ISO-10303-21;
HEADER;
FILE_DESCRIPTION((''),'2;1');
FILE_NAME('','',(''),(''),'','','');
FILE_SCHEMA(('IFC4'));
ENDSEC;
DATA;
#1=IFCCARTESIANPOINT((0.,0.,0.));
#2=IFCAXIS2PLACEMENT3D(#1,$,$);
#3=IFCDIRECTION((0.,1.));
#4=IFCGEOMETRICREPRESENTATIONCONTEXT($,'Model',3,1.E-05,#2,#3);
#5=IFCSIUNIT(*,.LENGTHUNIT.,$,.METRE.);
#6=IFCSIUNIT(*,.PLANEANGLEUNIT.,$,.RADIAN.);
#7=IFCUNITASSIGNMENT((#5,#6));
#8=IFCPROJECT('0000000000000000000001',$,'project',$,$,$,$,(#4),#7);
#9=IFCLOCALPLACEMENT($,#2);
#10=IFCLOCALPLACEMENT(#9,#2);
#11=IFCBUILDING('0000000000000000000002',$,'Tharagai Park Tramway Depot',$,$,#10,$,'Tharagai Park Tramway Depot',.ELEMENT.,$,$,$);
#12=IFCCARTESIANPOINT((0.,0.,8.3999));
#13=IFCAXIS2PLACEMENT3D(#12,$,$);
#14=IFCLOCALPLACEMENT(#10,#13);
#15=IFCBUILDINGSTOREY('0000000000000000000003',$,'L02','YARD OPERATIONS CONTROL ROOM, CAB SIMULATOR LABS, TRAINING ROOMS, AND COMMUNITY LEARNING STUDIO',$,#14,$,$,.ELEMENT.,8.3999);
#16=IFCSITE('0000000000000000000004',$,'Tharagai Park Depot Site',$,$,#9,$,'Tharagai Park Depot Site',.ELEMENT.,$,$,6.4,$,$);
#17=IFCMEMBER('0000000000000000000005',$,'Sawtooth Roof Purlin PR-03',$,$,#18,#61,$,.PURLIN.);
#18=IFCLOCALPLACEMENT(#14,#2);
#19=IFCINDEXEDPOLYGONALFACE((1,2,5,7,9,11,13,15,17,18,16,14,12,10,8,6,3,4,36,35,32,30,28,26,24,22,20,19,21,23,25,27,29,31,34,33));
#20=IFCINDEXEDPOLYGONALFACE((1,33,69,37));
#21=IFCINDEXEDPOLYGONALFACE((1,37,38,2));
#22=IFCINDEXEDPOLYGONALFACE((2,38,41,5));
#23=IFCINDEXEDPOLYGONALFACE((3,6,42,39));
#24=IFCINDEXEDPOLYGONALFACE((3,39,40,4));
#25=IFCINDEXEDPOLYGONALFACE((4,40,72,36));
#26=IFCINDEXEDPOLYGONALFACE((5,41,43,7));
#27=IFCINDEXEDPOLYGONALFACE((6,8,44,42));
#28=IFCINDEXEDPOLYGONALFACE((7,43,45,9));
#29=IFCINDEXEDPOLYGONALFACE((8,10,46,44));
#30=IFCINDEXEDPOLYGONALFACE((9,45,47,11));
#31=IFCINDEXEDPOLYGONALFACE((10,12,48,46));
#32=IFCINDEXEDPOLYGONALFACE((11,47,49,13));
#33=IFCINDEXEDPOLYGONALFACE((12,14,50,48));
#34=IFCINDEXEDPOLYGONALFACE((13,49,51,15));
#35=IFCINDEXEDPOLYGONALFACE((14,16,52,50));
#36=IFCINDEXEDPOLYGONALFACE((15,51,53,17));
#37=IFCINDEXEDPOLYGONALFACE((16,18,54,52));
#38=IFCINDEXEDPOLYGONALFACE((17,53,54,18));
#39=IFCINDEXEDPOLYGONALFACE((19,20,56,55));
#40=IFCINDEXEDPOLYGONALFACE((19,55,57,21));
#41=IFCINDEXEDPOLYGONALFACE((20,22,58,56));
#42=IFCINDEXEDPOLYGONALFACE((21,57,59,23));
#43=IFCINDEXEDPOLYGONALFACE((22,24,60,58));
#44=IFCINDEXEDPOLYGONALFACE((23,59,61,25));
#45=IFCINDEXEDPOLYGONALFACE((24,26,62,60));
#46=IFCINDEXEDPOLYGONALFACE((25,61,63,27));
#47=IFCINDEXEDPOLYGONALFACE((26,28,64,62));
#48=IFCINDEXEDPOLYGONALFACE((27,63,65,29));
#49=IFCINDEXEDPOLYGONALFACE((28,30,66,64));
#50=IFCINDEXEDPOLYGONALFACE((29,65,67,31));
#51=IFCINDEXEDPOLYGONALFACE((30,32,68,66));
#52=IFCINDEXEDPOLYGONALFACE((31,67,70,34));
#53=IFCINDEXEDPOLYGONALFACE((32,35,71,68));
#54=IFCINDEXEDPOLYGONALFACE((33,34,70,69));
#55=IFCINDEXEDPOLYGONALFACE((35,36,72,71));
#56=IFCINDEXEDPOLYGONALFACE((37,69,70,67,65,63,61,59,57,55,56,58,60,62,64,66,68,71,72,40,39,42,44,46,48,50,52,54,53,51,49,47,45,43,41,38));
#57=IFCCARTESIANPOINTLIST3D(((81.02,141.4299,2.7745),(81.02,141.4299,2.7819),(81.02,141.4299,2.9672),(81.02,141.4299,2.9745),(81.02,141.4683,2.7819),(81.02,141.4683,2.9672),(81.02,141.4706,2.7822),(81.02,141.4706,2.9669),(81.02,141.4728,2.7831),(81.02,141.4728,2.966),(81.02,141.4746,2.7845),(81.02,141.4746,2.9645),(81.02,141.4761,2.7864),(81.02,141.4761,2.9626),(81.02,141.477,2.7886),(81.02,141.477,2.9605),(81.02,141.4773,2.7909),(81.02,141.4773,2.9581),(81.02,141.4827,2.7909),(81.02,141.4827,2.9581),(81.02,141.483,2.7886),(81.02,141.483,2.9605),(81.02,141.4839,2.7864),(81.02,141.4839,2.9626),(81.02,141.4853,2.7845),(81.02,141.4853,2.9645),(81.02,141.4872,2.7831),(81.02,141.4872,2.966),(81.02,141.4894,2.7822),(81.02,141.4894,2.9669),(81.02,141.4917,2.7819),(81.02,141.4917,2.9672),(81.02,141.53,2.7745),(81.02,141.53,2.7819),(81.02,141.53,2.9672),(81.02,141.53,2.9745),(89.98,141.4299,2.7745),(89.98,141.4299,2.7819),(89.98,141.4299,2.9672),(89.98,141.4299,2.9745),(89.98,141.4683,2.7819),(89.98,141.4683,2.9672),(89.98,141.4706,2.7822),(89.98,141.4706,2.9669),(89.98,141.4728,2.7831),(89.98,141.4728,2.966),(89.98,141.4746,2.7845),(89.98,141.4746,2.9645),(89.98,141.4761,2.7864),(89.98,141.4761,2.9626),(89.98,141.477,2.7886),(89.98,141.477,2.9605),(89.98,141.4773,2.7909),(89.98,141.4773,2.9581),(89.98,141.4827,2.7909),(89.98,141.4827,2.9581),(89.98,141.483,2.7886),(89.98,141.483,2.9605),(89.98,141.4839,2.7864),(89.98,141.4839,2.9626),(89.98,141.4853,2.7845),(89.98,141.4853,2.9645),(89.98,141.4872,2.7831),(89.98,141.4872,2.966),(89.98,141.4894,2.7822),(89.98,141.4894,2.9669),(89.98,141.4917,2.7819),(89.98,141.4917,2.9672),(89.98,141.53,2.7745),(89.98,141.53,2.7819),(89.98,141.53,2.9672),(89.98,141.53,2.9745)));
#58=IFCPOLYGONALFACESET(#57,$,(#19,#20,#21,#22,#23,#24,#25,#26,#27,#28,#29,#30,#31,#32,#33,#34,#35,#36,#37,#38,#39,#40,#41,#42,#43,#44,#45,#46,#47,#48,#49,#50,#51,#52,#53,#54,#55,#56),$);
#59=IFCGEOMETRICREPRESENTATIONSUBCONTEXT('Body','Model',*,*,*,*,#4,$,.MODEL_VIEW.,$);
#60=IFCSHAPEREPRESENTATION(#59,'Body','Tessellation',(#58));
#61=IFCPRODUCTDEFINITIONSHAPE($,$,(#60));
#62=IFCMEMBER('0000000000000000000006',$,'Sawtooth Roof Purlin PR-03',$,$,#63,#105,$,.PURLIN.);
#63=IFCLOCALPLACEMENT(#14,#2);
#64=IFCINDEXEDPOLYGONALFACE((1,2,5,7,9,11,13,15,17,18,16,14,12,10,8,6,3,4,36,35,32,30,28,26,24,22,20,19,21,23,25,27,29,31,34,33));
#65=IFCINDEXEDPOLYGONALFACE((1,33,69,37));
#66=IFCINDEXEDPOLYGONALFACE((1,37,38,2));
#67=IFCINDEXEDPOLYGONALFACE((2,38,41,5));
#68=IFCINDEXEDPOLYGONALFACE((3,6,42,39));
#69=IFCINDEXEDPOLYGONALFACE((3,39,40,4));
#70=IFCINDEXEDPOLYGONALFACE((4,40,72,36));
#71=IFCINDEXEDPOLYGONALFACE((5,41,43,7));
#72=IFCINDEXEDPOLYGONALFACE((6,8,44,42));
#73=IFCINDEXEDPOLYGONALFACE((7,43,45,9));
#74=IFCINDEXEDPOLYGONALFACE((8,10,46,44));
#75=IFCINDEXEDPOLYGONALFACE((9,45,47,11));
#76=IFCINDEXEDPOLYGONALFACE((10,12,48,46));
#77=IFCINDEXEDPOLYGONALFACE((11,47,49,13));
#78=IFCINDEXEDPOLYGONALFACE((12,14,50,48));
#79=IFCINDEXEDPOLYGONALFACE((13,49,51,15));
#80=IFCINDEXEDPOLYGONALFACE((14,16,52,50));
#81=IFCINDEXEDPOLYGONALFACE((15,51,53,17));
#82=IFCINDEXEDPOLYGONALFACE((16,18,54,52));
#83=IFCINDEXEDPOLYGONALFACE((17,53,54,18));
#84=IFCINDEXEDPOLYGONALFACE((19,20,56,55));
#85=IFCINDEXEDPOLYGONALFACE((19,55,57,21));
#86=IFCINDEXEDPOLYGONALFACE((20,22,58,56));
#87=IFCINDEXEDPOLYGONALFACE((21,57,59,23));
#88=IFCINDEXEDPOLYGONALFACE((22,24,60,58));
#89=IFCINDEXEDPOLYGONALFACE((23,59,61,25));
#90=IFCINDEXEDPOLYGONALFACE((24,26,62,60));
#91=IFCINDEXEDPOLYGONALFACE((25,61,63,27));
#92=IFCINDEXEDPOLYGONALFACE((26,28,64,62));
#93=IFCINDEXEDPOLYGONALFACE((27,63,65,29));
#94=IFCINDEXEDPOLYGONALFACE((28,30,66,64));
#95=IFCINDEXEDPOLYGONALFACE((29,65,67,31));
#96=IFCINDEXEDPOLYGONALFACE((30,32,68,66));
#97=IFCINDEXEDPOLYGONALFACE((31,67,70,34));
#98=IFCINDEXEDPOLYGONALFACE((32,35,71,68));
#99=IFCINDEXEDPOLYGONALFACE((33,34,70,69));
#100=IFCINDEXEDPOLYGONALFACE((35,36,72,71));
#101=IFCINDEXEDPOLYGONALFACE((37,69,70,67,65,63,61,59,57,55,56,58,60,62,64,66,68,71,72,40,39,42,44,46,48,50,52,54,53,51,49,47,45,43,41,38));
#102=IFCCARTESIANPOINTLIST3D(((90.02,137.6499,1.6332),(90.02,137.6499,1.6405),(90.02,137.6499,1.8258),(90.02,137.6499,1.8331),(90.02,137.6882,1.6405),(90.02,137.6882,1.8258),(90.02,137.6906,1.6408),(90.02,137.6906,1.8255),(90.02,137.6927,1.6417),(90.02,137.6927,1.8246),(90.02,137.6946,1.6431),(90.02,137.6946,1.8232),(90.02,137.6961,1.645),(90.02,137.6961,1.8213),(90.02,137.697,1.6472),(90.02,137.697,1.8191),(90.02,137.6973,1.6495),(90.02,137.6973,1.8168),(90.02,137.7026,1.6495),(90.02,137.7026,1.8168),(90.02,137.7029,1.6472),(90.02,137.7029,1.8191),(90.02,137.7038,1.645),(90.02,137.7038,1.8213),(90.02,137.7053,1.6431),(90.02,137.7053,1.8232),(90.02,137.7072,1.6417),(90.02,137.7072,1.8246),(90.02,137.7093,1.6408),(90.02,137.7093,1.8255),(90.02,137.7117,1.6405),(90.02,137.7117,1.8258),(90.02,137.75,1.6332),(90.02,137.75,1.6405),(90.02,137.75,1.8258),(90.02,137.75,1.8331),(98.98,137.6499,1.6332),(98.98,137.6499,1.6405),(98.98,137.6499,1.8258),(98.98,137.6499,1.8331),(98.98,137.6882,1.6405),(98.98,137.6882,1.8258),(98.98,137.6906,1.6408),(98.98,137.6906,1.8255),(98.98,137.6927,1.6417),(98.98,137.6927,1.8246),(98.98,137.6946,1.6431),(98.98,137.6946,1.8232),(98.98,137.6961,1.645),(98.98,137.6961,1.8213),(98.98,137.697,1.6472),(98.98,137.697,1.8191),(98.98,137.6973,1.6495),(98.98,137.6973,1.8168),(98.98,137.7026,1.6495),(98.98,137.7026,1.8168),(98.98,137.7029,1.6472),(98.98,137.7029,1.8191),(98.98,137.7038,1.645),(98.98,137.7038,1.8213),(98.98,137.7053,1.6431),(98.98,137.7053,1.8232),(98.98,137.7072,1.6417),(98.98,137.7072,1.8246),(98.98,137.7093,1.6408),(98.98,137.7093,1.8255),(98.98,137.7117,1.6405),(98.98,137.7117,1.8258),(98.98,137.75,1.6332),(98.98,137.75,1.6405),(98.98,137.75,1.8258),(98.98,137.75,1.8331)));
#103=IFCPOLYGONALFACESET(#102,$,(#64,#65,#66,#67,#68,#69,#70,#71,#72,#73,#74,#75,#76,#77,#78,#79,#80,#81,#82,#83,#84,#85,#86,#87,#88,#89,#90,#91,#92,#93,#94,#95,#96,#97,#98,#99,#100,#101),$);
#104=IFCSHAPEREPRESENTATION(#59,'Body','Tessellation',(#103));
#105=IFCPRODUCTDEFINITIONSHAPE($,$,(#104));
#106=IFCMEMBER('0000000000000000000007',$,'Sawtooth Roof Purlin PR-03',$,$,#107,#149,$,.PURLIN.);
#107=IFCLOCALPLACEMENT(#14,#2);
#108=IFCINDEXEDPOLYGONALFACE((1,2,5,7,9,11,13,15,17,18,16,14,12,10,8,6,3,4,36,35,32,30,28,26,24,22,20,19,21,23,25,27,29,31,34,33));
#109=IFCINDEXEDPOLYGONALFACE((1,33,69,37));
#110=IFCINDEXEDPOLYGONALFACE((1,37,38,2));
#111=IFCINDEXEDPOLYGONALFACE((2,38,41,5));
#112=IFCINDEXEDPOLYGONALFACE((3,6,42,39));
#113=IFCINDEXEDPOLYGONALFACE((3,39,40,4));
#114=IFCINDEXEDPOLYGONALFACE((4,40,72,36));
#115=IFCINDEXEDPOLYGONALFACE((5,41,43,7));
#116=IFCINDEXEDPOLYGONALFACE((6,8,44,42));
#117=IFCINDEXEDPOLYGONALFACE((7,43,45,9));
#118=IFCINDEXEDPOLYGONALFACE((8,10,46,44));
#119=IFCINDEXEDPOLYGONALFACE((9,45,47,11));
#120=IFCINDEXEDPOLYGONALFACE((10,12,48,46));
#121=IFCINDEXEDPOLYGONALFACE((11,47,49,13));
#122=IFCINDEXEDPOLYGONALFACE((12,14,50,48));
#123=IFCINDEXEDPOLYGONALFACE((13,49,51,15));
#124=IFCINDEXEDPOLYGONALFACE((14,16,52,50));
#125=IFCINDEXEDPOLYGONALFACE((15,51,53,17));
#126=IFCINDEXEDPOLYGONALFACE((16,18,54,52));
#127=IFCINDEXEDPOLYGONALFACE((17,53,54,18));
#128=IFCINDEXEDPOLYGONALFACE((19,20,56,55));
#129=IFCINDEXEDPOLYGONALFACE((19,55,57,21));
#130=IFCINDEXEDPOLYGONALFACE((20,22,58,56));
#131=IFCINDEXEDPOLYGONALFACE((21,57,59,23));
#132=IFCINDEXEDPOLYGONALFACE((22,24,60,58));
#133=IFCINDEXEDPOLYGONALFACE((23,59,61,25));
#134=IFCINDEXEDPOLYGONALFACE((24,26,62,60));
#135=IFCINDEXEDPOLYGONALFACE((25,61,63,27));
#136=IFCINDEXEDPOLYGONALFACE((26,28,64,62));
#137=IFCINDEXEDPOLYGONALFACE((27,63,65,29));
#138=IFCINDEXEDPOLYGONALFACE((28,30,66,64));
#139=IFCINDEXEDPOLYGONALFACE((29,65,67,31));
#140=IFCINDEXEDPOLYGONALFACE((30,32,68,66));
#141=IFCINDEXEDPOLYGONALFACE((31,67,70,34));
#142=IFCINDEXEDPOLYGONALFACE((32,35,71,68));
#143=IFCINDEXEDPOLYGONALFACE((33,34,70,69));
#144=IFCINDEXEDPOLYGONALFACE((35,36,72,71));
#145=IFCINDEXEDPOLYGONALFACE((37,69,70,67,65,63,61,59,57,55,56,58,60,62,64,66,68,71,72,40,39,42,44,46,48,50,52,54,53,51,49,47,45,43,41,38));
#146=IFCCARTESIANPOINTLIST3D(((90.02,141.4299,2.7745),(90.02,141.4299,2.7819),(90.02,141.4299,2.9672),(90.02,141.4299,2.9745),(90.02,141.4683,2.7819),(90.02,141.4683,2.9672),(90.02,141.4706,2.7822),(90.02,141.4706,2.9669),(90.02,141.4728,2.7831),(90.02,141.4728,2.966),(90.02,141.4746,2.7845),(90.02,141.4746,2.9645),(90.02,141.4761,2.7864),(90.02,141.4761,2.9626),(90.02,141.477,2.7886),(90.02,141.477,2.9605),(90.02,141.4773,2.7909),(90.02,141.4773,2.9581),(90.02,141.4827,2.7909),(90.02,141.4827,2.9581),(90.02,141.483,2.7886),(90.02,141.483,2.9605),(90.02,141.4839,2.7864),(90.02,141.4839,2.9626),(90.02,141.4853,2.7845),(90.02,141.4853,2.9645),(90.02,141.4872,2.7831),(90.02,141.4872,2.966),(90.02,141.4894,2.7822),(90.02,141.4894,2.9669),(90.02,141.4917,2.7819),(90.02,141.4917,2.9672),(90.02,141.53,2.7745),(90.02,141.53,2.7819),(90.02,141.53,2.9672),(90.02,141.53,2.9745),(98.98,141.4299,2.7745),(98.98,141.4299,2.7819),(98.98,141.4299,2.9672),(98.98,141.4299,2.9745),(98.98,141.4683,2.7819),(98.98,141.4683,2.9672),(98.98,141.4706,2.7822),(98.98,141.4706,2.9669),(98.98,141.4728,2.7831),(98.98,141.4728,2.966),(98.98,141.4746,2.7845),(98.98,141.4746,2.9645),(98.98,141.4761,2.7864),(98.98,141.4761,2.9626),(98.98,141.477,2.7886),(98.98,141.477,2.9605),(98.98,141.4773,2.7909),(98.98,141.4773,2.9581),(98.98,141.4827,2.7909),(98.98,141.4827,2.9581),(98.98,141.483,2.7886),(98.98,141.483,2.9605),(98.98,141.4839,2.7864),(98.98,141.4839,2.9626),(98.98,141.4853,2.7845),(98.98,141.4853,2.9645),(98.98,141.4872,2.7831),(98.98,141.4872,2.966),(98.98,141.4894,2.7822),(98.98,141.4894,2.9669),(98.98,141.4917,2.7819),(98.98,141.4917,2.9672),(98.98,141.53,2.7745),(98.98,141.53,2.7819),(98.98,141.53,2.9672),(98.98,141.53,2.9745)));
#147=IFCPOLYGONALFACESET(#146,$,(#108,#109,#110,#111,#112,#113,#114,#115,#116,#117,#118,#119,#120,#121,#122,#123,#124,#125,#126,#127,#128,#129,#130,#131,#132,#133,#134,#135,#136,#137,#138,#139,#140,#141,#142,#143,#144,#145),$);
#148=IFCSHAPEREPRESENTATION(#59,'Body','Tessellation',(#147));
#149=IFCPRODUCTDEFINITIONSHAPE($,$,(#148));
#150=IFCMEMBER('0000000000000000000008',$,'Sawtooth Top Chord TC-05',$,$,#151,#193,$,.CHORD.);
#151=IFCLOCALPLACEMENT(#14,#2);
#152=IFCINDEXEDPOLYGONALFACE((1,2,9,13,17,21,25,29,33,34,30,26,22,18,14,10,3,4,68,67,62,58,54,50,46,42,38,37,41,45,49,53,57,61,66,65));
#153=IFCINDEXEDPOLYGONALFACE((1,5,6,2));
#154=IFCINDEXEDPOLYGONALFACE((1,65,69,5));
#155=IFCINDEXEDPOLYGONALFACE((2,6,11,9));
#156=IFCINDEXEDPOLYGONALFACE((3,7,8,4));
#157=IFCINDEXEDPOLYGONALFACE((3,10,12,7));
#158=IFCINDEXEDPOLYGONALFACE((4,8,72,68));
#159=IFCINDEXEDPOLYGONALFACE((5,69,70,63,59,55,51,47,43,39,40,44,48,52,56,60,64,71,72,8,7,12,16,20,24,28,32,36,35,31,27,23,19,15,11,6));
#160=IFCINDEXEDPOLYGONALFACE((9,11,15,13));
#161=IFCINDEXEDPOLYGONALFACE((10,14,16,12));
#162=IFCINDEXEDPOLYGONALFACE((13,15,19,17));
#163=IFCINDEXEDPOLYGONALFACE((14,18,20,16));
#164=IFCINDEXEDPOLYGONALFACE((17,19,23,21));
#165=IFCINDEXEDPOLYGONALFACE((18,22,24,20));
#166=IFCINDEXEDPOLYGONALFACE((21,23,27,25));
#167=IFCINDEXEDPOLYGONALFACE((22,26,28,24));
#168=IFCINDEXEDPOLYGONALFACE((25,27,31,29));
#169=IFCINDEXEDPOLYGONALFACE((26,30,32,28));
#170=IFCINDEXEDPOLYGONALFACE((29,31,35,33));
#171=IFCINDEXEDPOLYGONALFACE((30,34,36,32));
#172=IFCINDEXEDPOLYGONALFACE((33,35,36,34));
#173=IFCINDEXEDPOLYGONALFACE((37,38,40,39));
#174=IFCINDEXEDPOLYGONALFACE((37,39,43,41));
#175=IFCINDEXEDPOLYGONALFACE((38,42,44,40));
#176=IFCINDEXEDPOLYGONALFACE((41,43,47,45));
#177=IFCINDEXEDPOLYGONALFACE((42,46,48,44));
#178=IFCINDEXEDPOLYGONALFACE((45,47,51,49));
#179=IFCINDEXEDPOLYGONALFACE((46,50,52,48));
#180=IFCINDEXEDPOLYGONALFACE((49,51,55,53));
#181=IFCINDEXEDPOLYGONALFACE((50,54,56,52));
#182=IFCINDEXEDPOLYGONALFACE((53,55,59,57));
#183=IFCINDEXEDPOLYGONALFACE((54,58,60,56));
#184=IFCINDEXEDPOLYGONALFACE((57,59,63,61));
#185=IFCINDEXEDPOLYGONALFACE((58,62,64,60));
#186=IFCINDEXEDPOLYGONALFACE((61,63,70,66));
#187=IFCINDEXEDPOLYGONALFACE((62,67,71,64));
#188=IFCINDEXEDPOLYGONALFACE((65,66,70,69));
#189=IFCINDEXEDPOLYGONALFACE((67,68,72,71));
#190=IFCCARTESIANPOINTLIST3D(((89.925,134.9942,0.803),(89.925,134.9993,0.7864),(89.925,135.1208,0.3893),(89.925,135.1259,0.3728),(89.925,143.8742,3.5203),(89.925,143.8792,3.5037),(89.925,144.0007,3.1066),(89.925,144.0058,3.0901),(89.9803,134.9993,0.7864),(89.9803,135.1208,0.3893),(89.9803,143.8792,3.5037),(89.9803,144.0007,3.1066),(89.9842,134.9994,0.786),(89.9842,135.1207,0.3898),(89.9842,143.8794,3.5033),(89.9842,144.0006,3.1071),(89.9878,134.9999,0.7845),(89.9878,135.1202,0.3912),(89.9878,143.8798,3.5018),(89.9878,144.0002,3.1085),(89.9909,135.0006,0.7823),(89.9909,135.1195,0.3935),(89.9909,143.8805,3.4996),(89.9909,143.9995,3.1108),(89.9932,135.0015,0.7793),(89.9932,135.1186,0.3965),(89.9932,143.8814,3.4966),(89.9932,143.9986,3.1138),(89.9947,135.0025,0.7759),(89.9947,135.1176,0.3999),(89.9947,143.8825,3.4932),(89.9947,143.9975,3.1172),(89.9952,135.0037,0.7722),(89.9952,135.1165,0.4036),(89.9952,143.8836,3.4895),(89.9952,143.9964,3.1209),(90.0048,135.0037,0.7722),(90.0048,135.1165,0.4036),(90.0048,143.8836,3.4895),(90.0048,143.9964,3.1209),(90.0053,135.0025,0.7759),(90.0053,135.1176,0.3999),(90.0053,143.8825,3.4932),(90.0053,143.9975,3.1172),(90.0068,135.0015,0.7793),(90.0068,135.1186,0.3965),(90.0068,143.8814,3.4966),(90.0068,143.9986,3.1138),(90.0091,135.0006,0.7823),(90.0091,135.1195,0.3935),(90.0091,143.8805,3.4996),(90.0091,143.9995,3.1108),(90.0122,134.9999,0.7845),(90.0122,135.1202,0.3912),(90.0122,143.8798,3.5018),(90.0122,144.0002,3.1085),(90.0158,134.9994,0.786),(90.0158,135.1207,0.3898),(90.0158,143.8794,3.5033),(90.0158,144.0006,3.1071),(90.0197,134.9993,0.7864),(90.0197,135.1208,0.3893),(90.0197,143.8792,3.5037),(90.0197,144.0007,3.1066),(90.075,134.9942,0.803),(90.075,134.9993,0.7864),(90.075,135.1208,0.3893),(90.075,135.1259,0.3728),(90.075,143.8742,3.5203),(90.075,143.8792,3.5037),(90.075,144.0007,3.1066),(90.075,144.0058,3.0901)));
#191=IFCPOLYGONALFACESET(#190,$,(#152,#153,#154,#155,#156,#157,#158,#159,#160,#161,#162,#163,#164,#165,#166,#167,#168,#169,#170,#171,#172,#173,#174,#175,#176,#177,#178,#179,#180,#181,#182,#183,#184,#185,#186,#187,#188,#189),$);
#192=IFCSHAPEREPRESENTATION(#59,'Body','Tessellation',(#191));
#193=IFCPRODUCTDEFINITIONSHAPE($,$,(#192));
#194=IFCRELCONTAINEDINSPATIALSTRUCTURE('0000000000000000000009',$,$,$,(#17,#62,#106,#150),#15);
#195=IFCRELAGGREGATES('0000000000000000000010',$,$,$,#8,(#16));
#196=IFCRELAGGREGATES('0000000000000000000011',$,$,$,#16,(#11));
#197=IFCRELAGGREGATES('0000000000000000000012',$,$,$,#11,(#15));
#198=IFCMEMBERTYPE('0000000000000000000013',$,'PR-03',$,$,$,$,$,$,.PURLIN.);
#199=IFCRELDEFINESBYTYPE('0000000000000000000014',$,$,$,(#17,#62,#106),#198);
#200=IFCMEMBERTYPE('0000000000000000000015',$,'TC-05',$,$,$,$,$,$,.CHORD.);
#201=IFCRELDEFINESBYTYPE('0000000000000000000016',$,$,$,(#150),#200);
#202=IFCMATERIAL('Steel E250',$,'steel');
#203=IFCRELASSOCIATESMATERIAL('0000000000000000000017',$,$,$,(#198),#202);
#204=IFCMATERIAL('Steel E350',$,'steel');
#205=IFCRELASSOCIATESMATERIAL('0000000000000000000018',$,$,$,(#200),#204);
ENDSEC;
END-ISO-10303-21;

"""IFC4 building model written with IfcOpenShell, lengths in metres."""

from ifc_helpers import new_model, si_unit, direction, frame, origin, origin_2d, place, context, subcontext, project, spatial, i_section, extrude, material, material_profile, profile_set, type_object, element, save


model = new_model("IFC4")

# Units and contexts
model_context = context("Model", 3, precision=1e-05, world=origin(), true_north=direction((0.0, 1.0)))
body_context = subcontext(model_context, "Body", "Model", "MODEL_VIEW")
ifc_project = project(units=[si_unit("LENGTHUNIT", "METRE"), si_unit("PLANEANGLEUNIT", "RADIAN")], contexts=[model_context])

# Site, building, storey
site_placement = place(None, origin())
site = spatial("IfcSite", under=ifc_project, at=site_placement, Name="Tharagai Park Depot Site", LongName="Tharagai Park Depot Site", CompositionType="ELEMENT", RefElevation=6.4)
building_placement = place(site_placement, origin())
building = spatial("IfcBuilding", under=site, at=building_placement, Name="Tharagai Park Tramway Depot", LongName="Tharagai Park Tramway Depot", CompositionType="ELEMENT")
storey_placement = place(building_placement, frame((0.0, 0.0, 8.3999)))
storey = spatial("IfcBuildingStorey", under=building, at=storey_placement, Name="L02", Description="YARD OPERATIONS CONTROL ROOM, CAB SIMULATOR LABS, TRAINING ROOMS, AND COMMUNITY LEARNING STUDIO", CompositionType="ELEMENT", Elevation=8.3999)

# Shared definitions
ifc_material_1 = material(Name="Steel E350", Category="steel")

# Members
ifc_material_2 = material(Name="Steel E250", Category="steel")
ifc_material_profile_1 = material_profile(ifc_material_2, i_section(OverallWidth=0.1001, OverallDepth=0.2, WebThickness=0.0054, FlangeThickness=0.0073, FilletRadius=0.009, at=origin_2d()), Name="ISLB 200")
ifc_profile_set_1 = profile_set([ifc_material_profile_1], Name="Steel E250")
member_type_1 = type_object("IfcMemberType", Name="PR-03", PredefinedType="PURLIN", material=ifc_profile_set_1)
for number, where, z_axis, x_axis, name in (
    (1, (81.02, 141.48, 2.8745), (1.0, 0.0, 0.0), (0.0, 1.0, 0.0), "Sawtooth Roof Purlin PR-03"),
    (2, (90.02, 137.7, 1.7332), (1.0, 0.0, 0.0), (0.0, 1.0, 0.0), "Sawtooth Roof Purlin PR-03"),
    (3, (90.02, 141.48, 2.8745), (1.0, 0.0, 0.0), (0.0, 1.0, 0.0), "Sawtooth Roof Purlin PR-03"),
):
    element("IfcMember", number, at=place(storey_placement, frame(where, z_axis=z_axis, x_axis=x_axis)), inside=storey, type_object=member_type_1, Name=name, PredefinedType="PURLIN", context=body_context, shape_type="SweptSolid", body=[
        extrude(i_section(OverallWidth=0.1001, OverallDepth=0.2, WebThickness=0.0054, FlangeThickness=0.0073, FilletRadius=0.009, at=origin_2d()), origin(), (0.0, 0.0, 1.0), 8.96),
    ])
ifc_material_profile_2 = material_profile(ifc_material_1, i_section(OverallWidth=0.1499, OverallDepth=0.45, WebThickness=0.0095, FlangeThickness=0.0173, FilletRadius=0.0149, at=origin_2d()), Name="ISMB 450")
ifc_profile_set_2 = profile_set([ifc_material_profile_2], Name="Steel E350")
member_type_2 = type_object("IfcMemberType", Name="TC-05", PredefinedType="CHORD", material=ifc_profile_set_2)
member_1_placement = place(storey_placement, frame((90.0, 135.0601, 0.5879), z_axis=(0.0, 0.956231, 0.292611), x_axis=(-1.0, 0.0, 0.0)))
element("IfcMember", 4, at=member_1_placement, inside=storey, type_object=member_type_2, Name="Sawtooth Top Chord TC-05", PredefinedType="CHORD", context=body_context, shape_type="SweptSolid", body=[
    extrude(i_section(OverallWidth=0.1499, OverallDepth=0.45, WebThickness=0.0095, FlangeThickness=0.0173, FilletRadius=0.0149, at=origin_2d()), origin(), (0.0, 0.0, 1.0), 9.2864),
])

save(model, "model.ifc")
